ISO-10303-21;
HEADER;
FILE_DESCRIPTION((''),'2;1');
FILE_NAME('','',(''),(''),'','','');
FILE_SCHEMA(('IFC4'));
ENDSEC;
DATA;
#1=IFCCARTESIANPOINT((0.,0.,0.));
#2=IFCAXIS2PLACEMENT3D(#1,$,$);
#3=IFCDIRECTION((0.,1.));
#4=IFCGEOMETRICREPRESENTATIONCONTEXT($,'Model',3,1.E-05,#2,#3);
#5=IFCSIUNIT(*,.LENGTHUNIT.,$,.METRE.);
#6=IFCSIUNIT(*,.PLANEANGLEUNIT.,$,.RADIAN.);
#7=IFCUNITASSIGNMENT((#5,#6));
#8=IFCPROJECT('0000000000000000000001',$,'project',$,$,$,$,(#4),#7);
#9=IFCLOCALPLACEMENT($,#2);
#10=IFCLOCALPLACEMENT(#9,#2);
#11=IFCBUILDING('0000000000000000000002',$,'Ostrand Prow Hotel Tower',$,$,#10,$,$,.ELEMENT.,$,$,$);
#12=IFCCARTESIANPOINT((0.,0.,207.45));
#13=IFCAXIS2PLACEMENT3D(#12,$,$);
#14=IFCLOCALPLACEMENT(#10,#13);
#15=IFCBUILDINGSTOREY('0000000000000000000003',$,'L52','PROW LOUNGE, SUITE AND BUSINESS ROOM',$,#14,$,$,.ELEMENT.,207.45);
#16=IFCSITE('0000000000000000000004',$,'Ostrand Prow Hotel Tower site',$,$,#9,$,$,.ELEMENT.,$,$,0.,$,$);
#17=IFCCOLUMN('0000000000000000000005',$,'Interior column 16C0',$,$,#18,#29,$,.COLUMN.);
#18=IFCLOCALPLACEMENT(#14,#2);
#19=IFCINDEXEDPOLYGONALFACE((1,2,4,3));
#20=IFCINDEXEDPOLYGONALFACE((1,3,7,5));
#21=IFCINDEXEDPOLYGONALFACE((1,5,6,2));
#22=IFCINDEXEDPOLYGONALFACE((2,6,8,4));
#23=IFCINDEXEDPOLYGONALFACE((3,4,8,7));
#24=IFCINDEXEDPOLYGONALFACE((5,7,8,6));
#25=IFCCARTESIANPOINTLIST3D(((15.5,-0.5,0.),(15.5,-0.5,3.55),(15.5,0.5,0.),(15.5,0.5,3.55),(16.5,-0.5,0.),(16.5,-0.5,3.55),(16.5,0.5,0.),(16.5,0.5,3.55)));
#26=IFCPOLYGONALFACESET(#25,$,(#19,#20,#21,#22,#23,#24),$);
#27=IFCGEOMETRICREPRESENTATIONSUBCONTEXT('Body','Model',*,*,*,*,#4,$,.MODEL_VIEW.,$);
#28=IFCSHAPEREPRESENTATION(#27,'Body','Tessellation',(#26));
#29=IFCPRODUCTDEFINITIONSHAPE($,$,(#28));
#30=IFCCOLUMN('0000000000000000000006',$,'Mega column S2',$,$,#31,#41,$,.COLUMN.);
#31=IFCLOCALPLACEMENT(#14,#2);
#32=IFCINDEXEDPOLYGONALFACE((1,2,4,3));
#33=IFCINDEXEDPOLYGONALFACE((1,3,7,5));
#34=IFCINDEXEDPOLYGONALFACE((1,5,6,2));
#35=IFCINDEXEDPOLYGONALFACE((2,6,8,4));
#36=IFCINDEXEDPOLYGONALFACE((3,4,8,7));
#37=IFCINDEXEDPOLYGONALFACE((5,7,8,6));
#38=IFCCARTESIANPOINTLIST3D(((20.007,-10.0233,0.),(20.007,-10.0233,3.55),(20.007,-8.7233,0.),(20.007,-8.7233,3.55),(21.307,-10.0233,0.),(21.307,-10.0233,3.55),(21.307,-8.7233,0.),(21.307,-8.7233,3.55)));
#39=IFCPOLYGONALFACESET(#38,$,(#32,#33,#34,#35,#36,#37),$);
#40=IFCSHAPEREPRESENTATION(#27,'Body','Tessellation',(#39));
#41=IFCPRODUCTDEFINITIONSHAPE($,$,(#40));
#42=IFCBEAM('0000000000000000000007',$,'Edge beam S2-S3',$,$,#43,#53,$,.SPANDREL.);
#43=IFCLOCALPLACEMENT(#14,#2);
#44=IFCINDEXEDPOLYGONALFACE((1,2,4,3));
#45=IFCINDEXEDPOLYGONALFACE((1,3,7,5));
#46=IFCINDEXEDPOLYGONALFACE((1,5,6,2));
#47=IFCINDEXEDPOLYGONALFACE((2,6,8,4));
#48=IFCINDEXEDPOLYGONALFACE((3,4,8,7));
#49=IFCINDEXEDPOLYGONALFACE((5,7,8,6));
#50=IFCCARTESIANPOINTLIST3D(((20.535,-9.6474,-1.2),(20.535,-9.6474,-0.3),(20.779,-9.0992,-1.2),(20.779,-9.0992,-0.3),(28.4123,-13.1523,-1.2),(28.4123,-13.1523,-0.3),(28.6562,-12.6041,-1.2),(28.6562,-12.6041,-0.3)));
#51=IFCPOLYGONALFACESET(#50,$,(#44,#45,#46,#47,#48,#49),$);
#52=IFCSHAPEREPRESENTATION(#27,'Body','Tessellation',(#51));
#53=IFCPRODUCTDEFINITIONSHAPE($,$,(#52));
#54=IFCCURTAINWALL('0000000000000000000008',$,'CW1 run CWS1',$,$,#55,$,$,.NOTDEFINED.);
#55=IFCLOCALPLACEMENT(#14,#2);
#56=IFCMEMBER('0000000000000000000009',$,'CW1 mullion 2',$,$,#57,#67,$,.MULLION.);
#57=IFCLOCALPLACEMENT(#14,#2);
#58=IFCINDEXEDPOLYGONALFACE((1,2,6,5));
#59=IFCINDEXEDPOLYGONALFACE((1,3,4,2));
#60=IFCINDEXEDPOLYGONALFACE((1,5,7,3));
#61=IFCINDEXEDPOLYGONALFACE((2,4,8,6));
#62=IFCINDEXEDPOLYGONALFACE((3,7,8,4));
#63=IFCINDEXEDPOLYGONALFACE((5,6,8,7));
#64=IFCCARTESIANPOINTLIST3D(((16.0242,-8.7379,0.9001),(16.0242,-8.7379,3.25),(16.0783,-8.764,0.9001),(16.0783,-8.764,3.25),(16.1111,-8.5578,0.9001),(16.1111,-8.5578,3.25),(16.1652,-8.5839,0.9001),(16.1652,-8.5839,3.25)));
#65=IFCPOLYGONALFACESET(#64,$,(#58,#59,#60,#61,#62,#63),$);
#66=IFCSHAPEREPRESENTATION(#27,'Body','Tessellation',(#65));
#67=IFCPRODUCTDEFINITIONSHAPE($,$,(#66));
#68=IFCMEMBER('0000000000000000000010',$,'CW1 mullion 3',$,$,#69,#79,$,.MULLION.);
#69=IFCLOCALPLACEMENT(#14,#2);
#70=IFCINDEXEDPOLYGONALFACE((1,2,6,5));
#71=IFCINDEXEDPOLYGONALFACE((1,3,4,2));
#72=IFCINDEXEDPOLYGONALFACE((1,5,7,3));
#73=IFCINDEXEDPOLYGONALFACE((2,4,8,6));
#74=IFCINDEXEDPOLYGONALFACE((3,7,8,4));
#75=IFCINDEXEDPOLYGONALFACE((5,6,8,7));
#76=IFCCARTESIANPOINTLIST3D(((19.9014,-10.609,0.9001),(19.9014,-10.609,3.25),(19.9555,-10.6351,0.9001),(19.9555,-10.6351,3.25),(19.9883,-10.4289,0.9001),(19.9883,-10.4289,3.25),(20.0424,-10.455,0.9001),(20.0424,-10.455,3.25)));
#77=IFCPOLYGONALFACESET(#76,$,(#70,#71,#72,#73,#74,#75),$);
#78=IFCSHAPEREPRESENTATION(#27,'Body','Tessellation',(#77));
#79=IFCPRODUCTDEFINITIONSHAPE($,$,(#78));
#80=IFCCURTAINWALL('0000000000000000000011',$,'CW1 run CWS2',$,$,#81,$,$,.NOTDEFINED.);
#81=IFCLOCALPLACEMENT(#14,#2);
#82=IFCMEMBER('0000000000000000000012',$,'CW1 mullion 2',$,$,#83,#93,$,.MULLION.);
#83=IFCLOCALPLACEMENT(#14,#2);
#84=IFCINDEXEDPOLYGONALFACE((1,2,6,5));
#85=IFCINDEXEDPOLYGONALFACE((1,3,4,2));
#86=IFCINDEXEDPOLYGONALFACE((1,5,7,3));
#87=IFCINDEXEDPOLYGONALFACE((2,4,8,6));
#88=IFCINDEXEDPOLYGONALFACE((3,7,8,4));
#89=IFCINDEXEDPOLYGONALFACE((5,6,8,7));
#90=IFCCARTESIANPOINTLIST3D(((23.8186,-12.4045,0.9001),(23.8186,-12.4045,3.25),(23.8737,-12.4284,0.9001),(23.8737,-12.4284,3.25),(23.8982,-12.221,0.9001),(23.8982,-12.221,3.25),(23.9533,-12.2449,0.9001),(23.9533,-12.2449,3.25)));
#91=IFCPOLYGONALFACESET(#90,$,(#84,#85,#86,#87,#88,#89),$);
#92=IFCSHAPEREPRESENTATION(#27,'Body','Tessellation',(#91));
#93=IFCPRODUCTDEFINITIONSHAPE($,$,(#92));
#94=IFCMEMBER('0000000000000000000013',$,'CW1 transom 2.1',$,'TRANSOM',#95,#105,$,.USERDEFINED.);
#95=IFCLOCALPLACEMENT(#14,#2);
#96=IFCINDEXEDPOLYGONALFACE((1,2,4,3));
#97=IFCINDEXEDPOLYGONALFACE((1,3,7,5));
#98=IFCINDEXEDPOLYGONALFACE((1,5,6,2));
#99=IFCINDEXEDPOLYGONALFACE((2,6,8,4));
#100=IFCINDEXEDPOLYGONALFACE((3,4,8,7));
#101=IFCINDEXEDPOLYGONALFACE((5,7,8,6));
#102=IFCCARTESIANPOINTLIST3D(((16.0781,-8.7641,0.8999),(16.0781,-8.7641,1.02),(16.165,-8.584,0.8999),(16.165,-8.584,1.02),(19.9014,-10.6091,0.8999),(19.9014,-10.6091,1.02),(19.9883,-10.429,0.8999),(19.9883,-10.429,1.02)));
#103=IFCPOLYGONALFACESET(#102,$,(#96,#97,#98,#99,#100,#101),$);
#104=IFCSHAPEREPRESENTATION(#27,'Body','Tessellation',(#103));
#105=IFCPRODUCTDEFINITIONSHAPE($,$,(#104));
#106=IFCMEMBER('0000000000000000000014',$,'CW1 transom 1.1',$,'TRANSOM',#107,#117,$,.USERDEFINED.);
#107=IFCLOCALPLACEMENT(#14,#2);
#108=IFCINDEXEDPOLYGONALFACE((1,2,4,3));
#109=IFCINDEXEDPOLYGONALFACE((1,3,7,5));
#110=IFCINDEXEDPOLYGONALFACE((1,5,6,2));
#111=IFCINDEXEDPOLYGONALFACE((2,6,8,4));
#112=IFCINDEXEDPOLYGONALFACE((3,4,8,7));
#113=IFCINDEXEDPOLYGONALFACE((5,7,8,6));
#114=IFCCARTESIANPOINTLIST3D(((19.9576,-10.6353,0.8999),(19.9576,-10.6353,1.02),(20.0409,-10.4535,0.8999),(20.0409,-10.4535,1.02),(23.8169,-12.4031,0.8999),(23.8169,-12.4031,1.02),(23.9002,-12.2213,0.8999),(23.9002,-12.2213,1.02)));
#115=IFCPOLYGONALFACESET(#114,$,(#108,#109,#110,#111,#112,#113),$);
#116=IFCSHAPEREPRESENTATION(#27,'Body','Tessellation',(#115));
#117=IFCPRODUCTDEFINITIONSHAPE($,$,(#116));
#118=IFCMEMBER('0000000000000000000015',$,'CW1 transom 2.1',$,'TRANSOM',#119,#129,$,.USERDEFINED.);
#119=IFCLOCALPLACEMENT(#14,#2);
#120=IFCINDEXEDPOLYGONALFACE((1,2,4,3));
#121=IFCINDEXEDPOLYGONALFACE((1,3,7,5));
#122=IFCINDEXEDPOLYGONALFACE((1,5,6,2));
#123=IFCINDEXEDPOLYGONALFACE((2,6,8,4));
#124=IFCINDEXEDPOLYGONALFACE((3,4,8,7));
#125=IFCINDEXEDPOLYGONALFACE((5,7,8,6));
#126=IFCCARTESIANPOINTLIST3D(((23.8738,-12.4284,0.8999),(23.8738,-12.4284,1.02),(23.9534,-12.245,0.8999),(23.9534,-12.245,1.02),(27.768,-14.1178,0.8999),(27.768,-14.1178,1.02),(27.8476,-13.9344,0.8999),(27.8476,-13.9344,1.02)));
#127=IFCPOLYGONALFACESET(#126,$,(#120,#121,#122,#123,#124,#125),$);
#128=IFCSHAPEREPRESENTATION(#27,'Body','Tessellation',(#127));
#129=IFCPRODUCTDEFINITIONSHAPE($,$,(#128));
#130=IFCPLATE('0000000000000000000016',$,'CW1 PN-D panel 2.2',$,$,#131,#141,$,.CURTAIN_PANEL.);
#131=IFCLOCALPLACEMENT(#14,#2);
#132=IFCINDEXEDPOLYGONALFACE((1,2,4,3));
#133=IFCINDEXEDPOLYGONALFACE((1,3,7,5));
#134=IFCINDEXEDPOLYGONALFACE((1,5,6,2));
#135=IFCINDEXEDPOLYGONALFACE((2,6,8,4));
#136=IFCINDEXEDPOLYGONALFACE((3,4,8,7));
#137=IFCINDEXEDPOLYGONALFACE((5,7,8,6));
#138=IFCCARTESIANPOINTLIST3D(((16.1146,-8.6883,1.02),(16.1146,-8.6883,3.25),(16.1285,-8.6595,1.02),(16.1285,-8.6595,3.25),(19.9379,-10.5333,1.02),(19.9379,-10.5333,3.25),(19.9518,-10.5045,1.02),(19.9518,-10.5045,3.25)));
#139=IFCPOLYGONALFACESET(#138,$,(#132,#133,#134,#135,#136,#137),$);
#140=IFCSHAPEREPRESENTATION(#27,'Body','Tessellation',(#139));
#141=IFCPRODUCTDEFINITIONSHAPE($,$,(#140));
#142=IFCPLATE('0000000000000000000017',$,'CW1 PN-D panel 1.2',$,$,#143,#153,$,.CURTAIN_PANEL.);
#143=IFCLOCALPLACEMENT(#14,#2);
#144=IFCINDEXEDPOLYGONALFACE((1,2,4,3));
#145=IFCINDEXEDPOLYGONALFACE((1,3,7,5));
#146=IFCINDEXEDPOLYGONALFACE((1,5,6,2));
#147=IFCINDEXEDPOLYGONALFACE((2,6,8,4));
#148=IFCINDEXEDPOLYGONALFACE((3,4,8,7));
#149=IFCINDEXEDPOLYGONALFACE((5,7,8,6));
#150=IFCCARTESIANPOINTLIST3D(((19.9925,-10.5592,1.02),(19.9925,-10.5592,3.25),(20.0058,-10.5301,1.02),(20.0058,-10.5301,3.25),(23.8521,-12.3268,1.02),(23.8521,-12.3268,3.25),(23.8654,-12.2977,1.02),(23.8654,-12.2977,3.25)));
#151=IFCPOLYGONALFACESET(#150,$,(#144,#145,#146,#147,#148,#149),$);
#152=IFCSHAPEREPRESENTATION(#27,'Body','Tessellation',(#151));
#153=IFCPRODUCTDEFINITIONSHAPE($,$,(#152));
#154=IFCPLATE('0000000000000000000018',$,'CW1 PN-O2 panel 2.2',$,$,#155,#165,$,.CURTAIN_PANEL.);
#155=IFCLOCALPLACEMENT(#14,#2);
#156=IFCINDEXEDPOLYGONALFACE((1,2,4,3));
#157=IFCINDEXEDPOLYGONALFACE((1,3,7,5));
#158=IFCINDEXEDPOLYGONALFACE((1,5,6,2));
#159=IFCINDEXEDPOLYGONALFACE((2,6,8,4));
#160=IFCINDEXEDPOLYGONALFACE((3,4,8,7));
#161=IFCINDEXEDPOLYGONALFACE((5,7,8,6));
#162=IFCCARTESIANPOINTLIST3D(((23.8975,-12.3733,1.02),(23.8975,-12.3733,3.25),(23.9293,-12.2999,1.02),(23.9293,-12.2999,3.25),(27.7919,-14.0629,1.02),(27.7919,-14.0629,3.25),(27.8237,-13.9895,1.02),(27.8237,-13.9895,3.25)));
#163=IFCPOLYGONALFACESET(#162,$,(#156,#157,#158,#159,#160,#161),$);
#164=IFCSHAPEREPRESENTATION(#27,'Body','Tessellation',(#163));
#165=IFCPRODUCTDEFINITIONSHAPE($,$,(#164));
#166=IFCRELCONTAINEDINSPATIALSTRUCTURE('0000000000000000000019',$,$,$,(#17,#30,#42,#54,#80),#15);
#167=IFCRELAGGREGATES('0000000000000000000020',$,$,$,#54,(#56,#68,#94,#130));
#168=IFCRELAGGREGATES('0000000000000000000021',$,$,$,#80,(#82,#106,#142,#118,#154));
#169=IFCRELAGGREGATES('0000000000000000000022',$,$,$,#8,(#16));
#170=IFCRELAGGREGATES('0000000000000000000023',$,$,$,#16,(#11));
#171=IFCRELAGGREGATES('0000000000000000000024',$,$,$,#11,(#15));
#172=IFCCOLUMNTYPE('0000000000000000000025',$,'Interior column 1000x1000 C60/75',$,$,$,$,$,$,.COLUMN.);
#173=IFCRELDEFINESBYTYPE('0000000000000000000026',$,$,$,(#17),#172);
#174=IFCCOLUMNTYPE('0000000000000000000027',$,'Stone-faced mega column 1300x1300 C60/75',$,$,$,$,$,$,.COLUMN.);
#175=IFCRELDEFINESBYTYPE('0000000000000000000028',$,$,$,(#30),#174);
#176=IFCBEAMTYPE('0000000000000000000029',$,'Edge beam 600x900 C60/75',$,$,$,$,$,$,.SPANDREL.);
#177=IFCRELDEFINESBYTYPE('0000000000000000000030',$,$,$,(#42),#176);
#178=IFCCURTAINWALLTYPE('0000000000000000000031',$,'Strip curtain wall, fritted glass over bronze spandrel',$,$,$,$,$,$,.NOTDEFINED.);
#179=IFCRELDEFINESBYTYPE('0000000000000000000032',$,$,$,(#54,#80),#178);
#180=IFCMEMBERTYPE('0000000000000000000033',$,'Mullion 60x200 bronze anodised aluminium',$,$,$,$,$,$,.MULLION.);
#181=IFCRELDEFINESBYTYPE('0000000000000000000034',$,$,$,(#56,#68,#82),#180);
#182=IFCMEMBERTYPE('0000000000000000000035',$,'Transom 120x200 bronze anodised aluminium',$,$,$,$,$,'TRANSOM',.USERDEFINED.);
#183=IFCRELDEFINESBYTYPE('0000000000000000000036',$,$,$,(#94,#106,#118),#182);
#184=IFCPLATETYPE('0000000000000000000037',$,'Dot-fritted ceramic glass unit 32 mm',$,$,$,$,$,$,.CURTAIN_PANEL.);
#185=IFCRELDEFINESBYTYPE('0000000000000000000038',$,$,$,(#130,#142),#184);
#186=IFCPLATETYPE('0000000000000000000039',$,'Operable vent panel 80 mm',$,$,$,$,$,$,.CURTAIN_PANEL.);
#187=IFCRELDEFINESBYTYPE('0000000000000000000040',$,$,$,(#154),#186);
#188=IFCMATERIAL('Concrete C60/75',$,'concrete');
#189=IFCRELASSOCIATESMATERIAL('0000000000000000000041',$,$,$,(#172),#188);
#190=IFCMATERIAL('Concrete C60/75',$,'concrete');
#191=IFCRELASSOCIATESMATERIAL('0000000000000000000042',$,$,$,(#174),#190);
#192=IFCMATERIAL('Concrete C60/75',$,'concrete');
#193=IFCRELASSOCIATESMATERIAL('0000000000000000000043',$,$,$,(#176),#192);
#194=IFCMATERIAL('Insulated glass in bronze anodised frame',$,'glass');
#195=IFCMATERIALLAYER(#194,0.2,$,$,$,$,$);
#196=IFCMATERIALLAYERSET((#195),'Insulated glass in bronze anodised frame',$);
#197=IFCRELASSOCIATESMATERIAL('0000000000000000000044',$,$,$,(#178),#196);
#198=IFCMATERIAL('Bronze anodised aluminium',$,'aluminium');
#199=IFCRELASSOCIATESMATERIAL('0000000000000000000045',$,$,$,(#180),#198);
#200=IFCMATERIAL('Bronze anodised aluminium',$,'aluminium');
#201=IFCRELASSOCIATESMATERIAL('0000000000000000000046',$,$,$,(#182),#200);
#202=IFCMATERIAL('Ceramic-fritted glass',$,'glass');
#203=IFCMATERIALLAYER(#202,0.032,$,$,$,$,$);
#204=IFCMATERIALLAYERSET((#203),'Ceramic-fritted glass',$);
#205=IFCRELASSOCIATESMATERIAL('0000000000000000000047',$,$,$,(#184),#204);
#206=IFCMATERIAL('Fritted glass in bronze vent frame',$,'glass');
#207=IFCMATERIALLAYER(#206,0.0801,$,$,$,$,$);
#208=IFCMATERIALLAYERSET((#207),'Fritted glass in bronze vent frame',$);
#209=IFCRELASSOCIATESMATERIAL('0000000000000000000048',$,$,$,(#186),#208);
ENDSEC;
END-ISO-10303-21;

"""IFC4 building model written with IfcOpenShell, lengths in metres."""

from ifc_helpers import new_model, si_unit, direction, frame, origin, origin_2d, place, context, subcontext, project, spatial, rectangle, extrude, material, layer, layer_set, material_profile, profile_set, type_object, element, aggregate, save


model = new_model("IFC4")

# Units and contexts
model_context = context("Model", 3, precision=1e-05, world=origin(), true_north=direction((0.0, 1.0)))
body_context = subcontext(model_context, "Body", "Model", "MODEL_VIEW")
ifc_project = project(units=[si_unit("LENGTHUNIT", "METRE"), si_unit("PLANEANGLEUNIT", "RADIAN")], contexts=[model_context])

# Site, building, storey
site_placement = place(None, origin())
site = spatial("IfcSite", under=ifc_project, at=site_placement, Name="Ostrand Prow Hotel Tower site", CompositionType="ELEMENT", RefElevation=0.0)
building_placement = place(site_placement, origin())
building = spatial("IfcBuilding", under=site, at=building_placement, Name="Ostrand Prow Hotel Tower", CompositionType="ELEMENT")
storey_placement = place(building_placement, frame((0.0, 0.0, 207.45)))
storey = spatial("IfcBuildingStorey", under=building, at=storey_placement, Name="L52", Description="PROW LOUNGE, SUITE AND BUSINESS ROOM", CompositionType="ELEMENT", Elevation=207.45)

# Columns
ifc_material_1 = material(Name="Concrete C60/75", Category="concrete")
ifc_material_profile_1 = material_profile(ifc_material_1, rectangle(XDim=1.0, YDim=1.0, at=origin_2d()), Name="RC 1000x1000")
ifc_profile_set_1 = profile_set([ifc_material_profile_1], Name="Concrete C60/75")
column_type_1 = type_object("IfcColumnType", Name="Interior column 1000x1000 C60/75", PredefinedType="COLUMN", material=ifc_profile_set_1)
column_1_placement = place(storey_placement, frame((16.0, 0.0, 0.0), z_axis=(0.0, 0.0, 1.0), x_axis=(1.0, 0.0, 0.0)))
element("IfcColumn", 1, at=column_1_placement, inside=storey, type_object=column_type_1, Name="Interior column 16C0", PredefinedType="COLUMN", context=body_context, shape_type="SweptSolid", body=[
    extrude(rectangle(XDim=1.0, YDim=1.0, at=origin_2d()), origin(), (0.0, 0.0, 1.0), 3.55),
])
ifc_material_2 = material(Name="Concrete C60/75", Category="concrete")
ifc_material_profile_2 = material_profile(ifc_material_2, rectangle(XDim=1.3, YDim=1.3, at=origin_2d()), Name="RC 1300x1300")
ifc_profile_set_2 = profile_set([ifc_material_profile_2], Name="Concrete C60/75")
column_type_2 = type_object("IfcColumnType", Name="Stone-faced mega column 1300x1300 C60/75", PredefinedType="COLUMN", material=ifc_profile_set_2)
column_2_placement = place(storey_placement, frame((20.657, -9.3733, 0.0), z_axis=(0.0, 0.0, 1.0), x_axis=(1.0, 0.0, 0.0)))
element("IfcColumn", 2, at=column_2_placement, inside=storey, type_object=column_type_2, Name="Mega column S2", PredefinedType="COLUMN", context=body_context, shape_type="SweptSolid", body=[
    extrude(rectangle(XDim=1.3, YDim=1.3, at=origin_2d()), origin(), (0.0, 0.0, 1.0), 3.55),
])

# Beam
ifc_material_3 = material(Name="Concrete C60/75", Category="concrete")
ifc_material_profile_3 = material_profile(ifc_material_3, rectangle(XDim=0.6001, YDim=0.8999, at=origin_2d()), Name="RC 600x900")
ifc_profile_set_3 = profile_set([ifc_material_profile_3], Name="Concrete C60/75")
beam_type = type_object("IfcBeamType", Name="Edge beam 600x900 C60/75", PredefinedType="SPANDREL", material=ifc_profile_set_3)
beam_placement = place(storey_placement, frame((20.657, -9.3733, -0.75), z_axis=(0.913643, -0.406517, 0.0), x_axis=(0.406517, 0.913643, 0.0)))
element("IfcBeam", 3, at=beam_placement, inside=storey, type_object=beam_type, Name="Edge beam S2-S3", PredefinedType="SPANDREL", context=body_context, shape_type="SweptSolid", body=[
    extrude(rectangle(XDim=0.6001, YDim=0.8999, at=origin_2d()), origin(), (0.0, 0.0, 1.0), 8.6218),
])

# Curtain wall, members
ifc_material_4 = material(Name="Insulated glass in bronze anodised frame", Category="glass")
ifc_layer_1 = layer(ifc_material_4, 0.2)
ifc_layer_set_1 = layer_set([ifc_layer_1], Name="Insulated glass in bronze anodised frame")
curtain_wall_type = type_object("IfcCurtainWallType", Name="Strip curtain wall, fritted glass over bronze spandrel", PredefinedType="NOTDEFINED", material=ifc_layer_set_1)
curtain_wall_1_placement = place(storey_placement, origin())
curtain_wall_1 = element("IfcCurtainWall", 4, at=curtain_wall_1_placement, inside=storey, type_object=curtain_wall_type, Name="CW1 run CWS1", PredefinedType="NOTDEFINED")
ifc_material_5 = material(Name="Bronze anodised aluminium", Category="aluminium")
ifc_material_profile_4 = material_profile(ifc_material_5, rectangle(XDim=0.2, YDim=0.0601, at=origin_2d()), Name="Mullion 60x200 bronze anodised aluminium")
ifc_profile_set_4 = profile_set([ifc_material_profile_4], Name="Bronze anodised aluminium")
member_type_1 = type_object("IfcMemberType", Name="Mullion 60x200 bronze anodised aluminium", PredefinedType="MULLION", material=ifc_profile_set_4)
member_1_placement = place(storey_placement, frame((16.0947, -8.6609, 0.9001), z_axis=(0.0, 0.0, 1.0), x_axis=(0.434615, 0.900616, 0.0)))
member_1 = element("IfcMember", 5, at=member_1_placement, type_object=member_type_1, Name="CW1 mullion 2", PredefinedType="MULLION", context=body_context, shape_type="SweptSolid", body=[
    extrude(rectangle(XDim=0.2, YDim=0.0601, at=origin_2d()), origin(), (0.0, 0.0, 1.0), 2.3499),
])
member_2_placement = place(storey_placement, frame((19.9719, -10.532, 0.9001), z_axis=(0.0, 0.0, 1.0), x_axis=(0.434615, 0.900616, 0.0)))
member_2 = element("IfcMember", 6, at=member_2_placement, type_object=member_type_1, Name="CW1 mullion 3", PredefinedType="MULLION", context=body_context, shape_type="SweptSolid", body=[
    extrude(rectangle(XDim=0.2, YDim=0.0601, at=origin_2d()), origin(), (0.0, 0.0, 1.0), 2.3499),
])

# Curtain wall, member
curtain_wall_2_placement = place(storey_placement, origin())
curtain_wall_2 = element("IfcCurtainWall", 7, at=curtain_wall_2_placement, inside=storey, type_object=curtain_wall_type, Name="CW1 run CWS2", PredefinedType="NOTDEFINED")
member_3_placement = place(storey_placement, frame((23.886, -12.3247, 0.9001), z_axis=(0.0, 0.0, 1.0), x_axis=(0.398005, 0.917383, 0.0)))
member_3 = element("IfcMember", 8, at=member_3_placement, type_object=member_type_1, Name="CW1 mullion 2", PredefinedType="MULLION", context=body_context, shape_type="SweptSolid", body=[
    extrude(rectangle(XDim=0.2, YDim=0.0601, at=origin_2d()), origin(), (0.0, 0.0, 1.0), 2.3499),
])

# Members
ifc_material_6 = material(Name="Bronze anodised aluminium", Category="aluminium")
ifc_material_profile_5 = material_profile(ifc_material_6, rectangle(XDim=0.2, YDim=0.1201, at=origin_2d()), Name="Transom 120x200 bronze anodised aluminium")
ifc_profile_set_5 = profile_set([ifc_material_profile_5], Name="Bronze anodised aluminium")
member_type_2 = type_object("IfcMemberType", Name="Transom 120x200 bronze anodised aluminium", ElementType="TRANSOM", PredefinedType="USERDEFINED", material=ifc_profile_set_5)
member_4_placement = place(storey_placement, frame((16.1216, -8.6741, 0.96), z_axis=(0.900619, -0.434609, 0.0), x_axis=(0.434609, 0.900619, 0.0)))
member_4 = element("IfcMember", 9, at=member_4_placement, type_object=member_type_2, Name="CW1 transom 2.1", ObjectType="TRANSOM", PredefinedType="USERDEFINED", context=body_context, shape_type="SweptSolid", body=[
    extrude(rectangle(XDim=0.2, YDim=0.1201, at=origin_2d()), origin(), (0.0, 0.0, 1.0), 4.2451),
])
member_5_placement = place(storey_placement, frame((19.9993, -10.5444, 0.96), z_axis=(0.909159, -0.416449, 0.0), x_axis=(0.416449, 0.909159, 0.0)))
member_5 = element("IfcMember", 10, at=member_5_placement, type_object=member_type_2, Name="CW1 transom 1.1", ObjectType="TRANSOM", PredefinedType="USERDEFINED", context=body_context, shape_type="SweptSolid", body=[
    extrude(rectangle(XDim=0.2, YDim=0.1201, at=origin_2d()), origin(), (0.0, 0.0, 1.0), 4.2449),
])
member_6_placement = place(storey_placement, frame((23.9136, -12.3367, 0.96), z_axis=(0.91739, -0.39799, 0.0), x_axis=(0.39799, 0.91739, 0.0)))
member_6 = element("IfcMember", 11, at=member_6_placement, type_object=member_type_2, Name="CW1 transom 2.1", ObjectType="TRANSOM", PredefinedType="USERDEFINED", context=body_context, shape_type="SweptSolid", body=[
    extrude(rectangle(XDim=0.2, YDim=0.1201, at=origin_2d()), origin(), (0.0, 0.0, 1.0), 4.2449),
])

# Plates
ifc_material_7 = material(Name="Ceramic-fritted glass", Category="glass")
ifc_layer_2 = layer(ifc_material_7, 0.032)
ifc_layer_set_2 = layer_set([ifc_layer_2], Name="Ceramic-fritted glass")
plate_type_1 = type_object("IfcPlateType", Name="Dot-fritted ceramic glass unit 32 mm", PredefinedType="CURTAIN_PANEL", material=ifc_layer_set_2)
plate_1_placement = place(storey_placement, frame((18.0332, -9.5964, 1.02), z_axis=(0.0, 0.0, 1.0), x_axis=(0.900616, -0.434615, 0.0)))
plate_1 = element("IfcPlate", 12, at=plate_1_placement, type_object=plate_type_1, Name="CW1 PN-D panel 2.2", PredefinedType="CURTAIN_PANEL", context=body_context, shape_type="SweptSolid", body=[
    extrude(rectangle(XDim=4.2451, YDim=0.032, at=origin_2d()), origin(), (0.0, 0.0, 1.0), 2.23),
])
aggregate(curtain_wall_1, [member_1, member_2, member_4, plate_1])
plate_2_placement = place(storey_placement, frame((21.929, -11.4285, 1.02), z_axis=(0.0, 0.0, 1.0), x_axis=(0.909185, -0.416393, 0.0)))
plate_2 = element("IfcPlate", 13, at=plate_2_placement, type_object=plate_type_1, Name="CW1 PN-D panel 1.2", PredefinedType="CURTAIN_PANEL", context=body_context, shape_type="SweptSolid", body=[
    extrude(rectangle(XDim=4.2451, YDim=0.032, at=origin_2d()), origin(), (0.0, 0.0, 1.0), 2.23),
])
ifc_material_8 = material(Name="Fritted glass in bronze vent frame", Category="glass")
ifc_layer_3 = layer(ifc_material_8, 0.0801)
ifc_layer_set_3 = layer_set([ifc_layer_3], Name="Fritted glass in bronze vent frame")
plate_type_2 = type_object("IfcPlateType", Name="Operable vent panel 80 mm", PredefinedType="CURTAIN_PANEL", material=ifc_layer_set_3)
plate_3_placement = place(storey_placement, frame((25.8606, -13.1814, 1.02), z_axis=(0.0, 0.0, 1.0), x_axis=(0.917383, -0.398005, 0.0)))
plate_3 = element("IfcPlate", 14, at=plate_3_placement, type_object=plate_type_2, Name="CW1 PN-O2 panel 2.2", PredefinedType="CURTAIN_PANEL", context=body_context, shape_type="SweptSolid", body=[
    extrude(rectangle(XDim=4.2451, YDim=0.0801, at=origin_2d()), origin(), (0.0, 0.0, 1.0), 2.23),
])
aggregate(curtain_wall_2, [member_3, member_5, plate_2, member_6, plate_3])

save(model, "model.ifc")
